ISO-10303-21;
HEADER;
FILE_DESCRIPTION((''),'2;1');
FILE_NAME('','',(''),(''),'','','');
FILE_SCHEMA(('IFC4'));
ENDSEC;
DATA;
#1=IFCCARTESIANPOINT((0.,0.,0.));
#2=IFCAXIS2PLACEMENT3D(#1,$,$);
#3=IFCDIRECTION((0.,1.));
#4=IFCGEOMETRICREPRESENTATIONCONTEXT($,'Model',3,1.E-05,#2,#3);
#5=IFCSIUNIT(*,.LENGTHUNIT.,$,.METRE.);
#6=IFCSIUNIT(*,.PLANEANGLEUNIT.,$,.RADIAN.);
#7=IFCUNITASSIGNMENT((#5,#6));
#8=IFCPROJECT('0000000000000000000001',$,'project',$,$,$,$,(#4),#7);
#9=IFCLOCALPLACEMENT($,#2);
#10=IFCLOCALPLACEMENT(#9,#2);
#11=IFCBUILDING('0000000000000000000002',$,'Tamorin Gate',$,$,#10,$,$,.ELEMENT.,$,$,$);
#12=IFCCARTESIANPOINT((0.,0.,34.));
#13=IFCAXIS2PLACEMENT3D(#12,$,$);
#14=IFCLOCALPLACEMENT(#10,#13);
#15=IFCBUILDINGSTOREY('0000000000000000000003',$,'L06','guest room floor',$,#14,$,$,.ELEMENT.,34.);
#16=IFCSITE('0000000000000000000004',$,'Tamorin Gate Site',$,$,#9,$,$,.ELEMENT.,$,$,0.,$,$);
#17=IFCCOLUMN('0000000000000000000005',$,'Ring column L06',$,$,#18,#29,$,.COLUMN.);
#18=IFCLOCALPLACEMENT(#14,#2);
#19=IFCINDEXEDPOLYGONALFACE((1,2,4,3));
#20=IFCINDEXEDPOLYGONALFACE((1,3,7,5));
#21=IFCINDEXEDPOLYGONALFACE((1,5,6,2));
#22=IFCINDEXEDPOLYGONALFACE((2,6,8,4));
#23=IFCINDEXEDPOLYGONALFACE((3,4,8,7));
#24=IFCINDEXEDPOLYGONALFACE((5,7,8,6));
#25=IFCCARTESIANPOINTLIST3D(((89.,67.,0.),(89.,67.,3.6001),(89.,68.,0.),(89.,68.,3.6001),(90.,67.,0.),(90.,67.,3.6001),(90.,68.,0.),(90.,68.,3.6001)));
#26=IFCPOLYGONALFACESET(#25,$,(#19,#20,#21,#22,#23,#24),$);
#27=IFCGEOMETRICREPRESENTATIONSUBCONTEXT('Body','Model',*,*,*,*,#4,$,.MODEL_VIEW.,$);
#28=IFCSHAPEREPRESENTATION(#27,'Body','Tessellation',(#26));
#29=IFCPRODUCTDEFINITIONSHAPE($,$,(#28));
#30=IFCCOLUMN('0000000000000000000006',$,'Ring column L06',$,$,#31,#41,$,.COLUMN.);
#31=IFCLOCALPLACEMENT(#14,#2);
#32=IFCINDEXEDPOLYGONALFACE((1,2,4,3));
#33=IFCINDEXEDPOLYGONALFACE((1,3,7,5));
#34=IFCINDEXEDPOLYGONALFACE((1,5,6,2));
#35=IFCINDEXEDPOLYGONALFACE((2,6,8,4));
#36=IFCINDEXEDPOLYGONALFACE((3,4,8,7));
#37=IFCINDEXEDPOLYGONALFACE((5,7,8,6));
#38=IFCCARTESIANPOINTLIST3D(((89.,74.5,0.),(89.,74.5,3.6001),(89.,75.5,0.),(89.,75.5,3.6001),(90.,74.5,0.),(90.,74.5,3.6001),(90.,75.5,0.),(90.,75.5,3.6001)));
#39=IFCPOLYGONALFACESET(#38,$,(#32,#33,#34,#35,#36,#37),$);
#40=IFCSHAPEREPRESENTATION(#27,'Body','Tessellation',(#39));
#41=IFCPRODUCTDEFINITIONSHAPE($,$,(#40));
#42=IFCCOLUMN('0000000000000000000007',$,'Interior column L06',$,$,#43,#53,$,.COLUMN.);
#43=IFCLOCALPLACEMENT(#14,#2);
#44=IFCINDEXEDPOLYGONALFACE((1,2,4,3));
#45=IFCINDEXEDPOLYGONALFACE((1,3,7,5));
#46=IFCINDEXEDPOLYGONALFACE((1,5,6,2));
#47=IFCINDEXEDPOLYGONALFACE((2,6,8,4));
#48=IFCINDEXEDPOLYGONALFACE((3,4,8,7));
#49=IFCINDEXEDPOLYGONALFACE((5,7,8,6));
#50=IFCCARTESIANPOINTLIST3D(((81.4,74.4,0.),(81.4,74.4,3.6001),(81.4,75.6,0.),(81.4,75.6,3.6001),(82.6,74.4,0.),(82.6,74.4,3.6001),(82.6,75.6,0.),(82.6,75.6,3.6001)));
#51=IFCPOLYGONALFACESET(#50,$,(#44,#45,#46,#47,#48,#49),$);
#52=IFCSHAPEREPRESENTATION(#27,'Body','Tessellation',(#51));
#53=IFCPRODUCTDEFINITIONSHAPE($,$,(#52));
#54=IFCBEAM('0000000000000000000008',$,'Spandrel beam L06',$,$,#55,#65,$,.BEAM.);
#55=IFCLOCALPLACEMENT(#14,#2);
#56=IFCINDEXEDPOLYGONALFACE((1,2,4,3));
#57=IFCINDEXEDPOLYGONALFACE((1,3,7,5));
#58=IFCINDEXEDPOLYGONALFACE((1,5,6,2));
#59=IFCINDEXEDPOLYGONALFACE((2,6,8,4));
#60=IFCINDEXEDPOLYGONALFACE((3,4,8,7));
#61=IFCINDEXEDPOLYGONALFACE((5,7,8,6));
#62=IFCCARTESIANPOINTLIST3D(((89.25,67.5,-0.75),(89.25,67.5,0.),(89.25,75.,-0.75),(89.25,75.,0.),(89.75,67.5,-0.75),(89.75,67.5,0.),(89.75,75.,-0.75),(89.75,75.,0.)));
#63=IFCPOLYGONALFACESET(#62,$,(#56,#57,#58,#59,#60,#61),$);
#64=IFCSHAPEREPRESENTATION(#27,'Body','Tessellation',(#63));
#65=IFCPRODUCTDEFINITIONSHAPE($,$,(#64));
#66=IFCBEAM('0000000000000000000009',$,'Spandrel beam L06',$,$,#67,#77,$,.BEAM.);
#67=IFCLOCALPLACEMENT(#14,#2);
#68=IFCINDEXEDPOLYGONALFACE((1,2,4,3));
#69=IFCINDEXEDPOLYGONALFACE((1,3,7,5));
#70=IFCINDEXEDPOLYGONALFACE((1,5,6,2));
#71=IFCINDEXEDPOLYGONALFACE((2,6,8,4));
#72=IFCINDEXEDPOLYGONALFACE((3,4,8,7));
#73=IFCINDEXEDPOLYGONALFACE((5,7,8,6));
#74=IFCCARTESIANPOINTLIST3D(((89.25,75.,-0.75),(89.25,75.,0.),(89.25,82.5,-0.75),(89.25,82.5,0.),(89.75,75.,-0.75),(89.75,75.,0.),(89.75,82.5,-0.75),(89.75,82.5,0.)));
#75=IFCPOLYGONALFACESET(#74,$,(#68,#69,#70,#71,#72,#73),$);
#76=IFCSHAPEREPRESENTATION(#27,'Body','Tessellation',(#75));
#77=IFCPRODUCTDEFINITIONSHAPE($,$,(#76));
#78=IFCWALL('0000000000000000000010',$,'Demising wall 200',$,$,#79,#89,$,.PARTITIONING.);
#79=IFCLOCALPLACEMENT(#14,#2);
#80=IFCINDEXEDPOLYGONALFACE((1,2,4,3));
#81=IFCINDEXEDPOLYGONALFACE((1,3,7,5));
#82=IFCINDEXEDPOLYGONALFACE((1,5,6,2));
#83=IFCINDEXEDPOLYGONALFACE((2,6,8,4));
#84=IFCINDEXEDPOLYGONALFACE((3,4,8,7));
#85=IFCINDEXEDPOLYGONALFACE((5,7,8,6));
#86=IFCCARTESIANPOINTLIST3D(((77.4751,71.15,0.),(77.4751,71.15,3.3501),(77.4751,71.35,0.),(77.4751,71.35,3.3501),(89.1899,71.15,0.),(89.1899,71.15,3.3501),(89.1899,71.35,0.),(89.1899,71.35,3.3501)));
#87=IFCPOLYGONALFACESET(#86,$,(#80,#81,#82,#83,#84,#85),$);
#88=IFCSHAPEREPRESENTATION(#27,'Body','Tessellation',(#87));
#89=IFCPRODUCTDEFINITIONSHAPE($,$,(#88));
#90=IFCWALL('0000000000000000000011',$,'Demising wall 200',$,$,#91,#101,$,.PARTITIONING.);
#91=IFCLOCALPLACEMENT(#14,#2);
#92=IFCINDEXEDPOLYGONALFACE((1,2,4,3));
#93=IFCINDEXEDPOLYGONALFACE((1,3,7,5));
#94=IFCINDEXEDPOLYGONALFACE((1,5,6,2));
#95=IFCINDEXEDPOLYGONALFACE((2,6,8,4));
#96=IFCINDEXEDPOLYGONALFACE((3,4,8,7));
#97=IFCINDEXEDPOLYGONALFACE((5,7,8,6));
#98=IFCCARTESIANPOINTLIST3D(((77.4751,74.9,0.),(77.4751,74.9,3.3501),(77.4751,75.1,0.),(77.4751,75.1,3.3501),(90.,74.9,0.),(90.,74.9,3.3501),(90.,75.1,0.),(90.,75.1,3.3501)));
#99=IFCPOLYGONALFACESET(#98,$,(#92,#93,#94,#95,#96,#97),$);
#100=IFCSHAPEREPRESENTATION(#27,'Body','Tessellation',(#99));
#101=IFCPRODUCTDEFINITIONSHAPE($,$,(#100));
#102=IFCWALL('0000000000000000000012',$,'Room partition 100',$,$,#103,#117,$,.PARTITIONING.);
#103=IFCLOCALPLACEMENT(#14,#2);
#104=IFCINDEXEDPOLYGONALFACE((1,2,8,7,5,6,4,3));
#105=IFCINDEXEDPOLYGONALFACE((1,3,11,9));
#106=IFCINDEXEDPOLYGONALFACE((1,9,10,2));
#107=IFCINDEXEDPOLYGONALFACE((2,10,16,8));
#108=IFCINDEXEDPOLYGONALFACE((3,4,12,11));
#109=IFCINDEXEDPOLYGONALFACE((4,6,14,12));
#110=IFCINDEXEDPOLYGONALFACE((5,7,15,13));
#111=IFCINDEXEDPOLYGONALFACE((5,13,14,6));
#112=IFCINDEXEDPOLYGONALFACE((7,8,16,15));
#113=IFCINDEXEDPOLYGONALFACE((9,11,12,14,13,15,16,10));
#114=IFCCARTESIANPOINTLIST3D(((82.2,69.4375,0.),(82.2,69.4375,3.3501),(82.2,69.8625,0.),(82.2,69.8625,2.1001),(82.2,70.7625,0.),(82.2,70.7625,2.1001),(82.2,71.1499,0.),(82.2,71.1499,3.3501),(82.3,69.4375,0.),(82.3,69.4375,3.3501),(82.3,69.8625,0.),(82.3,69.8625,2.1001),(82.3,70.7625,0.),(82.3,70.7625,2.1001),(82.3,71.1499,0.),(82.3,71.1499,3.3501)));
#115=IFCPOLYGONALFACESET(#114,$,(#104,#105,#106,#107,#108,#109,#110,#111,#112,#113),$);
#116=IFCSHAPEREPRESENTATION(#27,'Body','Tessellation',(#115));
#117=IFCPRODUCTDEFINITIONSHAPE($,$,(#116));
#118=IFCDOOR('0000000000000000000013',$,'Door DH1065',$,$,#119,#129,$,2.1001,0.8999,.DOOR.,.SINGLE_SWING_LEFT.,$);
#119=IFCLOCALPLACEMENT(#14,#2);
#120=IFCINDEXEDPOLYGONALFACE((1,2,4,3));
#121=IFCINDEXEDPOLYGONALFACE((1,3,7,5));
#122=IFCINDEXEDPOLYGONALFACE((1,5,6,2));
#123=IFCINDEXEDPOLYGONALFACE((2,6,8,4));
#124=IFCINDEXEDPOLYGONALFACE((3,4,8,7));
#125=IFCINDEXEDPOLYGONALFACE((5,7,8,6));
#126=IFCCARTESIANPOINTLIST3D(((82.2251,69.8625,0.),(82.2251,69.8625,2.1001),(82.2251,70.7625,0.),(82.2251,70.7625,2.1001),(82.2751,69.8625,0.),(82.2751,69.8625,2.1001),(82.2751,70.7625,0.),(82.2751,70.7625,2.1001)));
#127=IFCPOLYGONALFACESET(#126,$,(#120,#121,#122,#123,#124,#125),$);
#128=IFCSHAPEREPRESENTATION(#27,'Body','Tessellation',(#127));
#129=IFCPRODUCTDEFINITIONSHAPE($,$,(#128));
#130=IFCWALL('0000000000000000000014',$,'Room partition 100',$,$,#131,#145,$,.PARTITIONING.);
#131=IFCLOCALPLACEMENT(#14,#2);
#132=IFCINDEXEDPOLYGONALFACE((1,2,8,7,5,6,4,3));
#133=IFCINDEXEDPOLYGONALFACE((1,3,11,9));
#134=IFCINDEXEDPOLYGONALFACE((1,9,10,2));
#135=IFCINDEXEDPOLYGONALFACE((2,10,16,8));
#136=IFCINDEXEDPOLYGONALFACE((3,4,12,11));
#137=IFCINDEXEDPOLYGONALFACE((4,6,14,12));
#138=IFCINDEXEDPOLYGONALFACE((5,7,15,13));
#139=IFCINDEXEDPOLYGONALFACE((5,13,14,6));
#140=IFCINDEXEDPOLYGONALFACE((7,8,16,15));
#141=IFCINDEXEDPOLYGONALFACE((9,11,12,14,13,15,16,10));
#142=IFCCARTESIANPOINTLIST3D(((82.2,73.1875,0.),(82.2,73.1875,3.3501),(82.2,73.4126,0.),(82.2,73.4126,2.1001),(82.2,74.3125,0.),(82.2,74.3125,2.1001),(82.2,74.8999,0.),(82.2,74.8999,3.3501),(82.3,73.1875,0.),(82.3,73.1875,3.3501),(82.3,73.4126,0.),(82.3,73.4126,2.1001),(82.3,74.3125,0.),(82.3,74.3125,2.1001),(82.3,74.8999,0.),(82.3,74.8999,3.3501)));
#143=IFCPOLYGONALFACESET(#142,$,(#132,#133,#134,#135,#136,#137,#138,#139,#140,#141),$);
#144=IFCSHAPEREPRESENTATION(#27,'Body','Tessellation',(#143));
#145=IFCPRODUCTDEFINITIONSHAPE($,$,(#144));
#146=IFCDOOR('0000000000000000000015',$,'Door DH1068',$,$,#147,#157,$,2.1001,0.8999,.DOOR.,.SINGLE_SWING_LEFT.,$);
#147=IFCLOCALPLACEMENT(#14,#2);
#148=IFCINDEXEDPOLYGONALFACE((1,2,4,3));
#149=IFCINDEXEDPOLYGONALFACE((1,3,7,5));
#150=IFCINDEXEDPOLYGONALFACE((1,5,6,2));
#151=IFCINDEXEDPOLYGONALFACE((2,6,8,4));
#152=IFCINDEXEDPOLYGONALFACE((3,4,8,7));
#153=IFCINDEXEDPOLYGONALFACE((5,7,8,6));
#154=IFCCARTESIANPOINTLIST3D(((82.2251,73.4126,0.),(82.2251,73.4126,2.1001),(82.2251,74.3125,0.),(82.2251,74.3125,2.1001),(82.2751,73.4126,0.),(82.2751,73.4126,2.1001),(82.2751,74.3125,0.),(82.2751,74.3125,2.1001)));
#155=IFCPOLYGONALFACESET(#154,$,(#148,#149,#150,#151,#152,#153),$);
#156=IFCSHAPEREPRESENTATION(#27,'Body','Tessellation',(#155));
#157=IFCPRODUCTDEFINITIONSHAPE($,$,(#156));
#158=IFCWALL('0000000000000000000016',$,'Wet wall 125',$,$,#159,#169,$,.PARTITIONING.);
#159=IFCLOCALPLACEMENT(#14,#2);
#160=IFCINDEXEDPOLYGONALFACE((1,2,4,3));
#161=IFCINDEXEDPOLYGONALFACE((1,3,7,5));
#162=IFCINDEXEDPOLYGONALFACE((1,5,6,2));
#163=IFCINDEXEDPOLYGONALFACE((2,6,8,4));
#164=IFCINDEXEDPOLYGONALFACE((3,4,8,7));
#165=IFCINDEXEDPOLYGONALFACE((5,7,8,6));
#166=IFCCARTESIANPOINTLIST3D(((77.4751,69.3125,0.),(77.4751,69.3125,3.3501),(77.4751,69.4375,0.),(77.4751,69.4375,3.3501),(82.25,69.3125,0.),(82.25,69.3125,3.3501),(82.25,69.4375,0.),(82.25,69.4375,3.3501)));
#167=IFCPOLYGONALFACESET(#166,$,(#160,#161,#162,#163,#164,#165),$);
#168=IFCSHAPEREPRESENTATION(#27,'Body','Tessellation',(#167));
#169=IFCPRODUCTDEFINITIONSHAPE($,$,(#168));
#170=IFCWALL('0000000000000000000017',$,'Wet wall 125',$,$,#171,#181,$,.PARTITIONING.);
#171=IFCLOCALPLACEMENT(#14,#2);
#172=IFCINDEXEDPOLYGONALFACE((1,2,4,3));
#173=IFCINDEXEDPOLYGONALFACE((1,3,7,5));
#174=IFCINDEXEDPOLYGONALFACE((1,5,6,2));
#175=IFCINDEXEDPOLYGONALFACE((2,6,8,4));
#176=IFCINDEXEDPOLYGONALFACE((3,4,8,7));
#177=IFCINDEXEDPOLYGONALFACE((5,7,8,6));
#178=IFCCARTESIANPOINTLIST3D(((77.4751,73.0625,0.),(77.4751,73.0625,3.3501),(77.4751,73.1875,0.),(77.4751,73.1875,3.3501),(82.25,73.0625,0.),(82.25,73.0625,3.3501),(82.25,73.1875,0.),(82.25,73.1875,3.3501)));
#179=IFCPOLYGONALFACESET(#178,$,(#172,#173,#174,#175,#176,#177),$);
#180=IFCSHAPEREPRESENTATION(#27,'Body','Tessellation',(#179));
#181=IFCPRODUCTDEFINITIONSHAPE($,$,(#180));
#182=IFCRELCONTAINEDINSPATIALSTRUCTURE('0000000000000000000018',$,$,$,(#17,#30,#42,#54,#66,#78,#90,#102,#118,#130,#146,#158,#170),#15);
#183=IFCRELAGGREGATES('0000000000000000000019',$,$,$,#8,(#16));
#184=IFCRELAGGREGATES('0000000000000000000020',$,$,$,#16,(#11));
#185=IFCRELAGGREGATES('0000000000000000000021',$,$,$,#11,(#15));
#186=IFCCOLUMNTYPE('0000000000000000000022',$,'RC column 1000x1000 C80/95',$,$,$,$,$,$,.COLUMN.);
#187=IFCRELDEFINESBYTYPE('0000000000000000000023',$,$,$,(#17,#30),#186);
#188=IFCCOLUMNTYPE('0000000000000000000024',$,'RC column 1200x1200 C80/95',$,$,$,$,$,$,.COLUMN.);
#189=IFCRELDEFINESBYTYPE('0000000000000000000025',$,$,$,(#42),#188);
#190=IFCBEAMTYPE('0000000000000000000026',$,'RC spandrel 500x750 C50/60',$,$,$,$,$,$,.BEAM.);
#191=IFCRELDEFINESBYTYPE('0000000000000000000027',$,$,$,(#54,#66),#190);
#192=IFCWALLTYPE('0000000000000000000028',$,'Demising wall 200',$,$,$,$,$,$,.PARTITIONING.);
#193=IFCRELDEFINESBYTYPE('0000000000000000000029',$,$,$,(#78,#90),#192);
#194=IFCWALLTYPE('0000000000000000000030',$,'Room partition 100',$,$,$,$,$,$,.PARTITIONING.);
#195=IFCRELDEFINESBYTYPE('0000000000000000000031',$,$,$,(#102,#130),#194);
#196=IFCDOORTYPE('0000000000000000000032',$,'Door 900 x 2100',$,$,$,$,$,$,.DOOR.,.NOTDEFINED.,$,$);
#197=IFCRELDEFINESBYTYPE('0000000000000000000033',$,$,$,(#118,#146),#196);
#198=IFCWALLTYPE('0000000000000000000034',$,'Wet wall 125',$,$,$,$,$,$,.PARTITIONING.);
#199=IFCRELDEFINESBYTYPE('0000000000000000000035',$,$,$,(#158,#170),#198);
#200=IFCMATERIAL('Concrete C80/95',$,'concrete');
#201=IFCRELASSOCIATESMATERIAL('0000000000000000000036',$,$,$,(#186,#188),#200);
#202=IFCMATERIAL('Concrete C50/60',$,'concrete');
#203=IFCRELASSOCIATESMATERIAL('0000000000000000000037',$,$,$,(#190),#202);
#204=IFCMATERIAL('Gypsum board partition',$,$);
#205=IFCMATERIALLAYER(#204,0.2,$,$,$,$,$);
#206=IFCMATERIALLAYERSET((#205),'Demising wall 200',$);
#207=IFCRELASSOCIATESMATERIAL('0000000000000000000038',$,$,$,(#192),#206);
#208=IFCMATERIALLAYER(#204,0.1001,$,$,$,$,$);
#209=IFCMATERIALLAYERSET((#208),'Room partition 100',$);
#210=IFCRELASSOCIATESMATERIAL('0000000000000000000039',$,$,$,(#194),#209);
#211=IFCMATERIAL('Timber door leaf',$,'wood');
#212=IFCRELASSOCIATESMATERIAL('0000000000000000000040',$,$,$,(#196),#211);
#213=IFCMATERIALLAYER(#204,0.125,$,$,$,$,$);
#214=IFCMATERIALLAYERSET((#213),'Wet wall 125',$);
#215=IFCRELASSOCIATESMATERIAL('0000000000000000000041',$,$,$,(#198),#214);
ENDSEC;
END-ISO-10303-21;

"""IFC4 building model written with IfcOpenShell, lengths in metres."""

from ifc_helpers import new_model, si_unit, direction, frame, frame_2d, origin, origin_2d, place, context, subcontext, project, spatial, rectangle, extrude, material, layer, layer_set, material_profile, profile_set, type_object, element, fill, save


model = new_model("IFC4")

# Units and contexts
model_context = context("Model", 3, precision=1e-05, world=origin(), true_north=direction((0.0, 1.0)))
body_context = subcontext(model_context, "Body", "Model", "MODEL_VIEW")
ifc_project = project(units=[si_unit("LENGTHUNIT", "METRE"), si_unit("PLANEANGLEUNIT", "RADIAN")], contexts=[model_context])

# Site, building, storey
site_placement = place(None, origin())
site = spatial("IfcSite", under=ifc_project, at=site_placement, Name="Tamorin Gate Site", CompositionType="ELEMENT", RefElevation=0.0)
building_placement = place(site_placement, origin())
building = spatial("IfcBuilding", under=site, at=building_placement, Name="Tamorin Gate", CompositionType="ELEMENT")
storey_placement = place(building_placement, frame((0.0, 0.0, 34.0)))
storey = spatial("IfcBuildingStorey", under=building, at=storey_placement, Name="L06", Description="guest room floor", CompositionType="ELEMENT", Elevation=34.0)

# Columns
ifc_material_1 = material(Name="Concrete C80/95", Category="concrete")
ifc_material_profile_1 = material_profile(ifc_material_1, rectangle(XDim=1.0, YDim=1.0, at=origin_2d()), Name="RC 1000x1000")
ifc_profile_set_1 = profile_set([ifc_material_profile_1], Name="Concrete C80/95")
column_type_1 = type_object("IfcColumnType", Name="RC column 1000x1000 C80/95", PredefinedType="COLUMN", material=ifc_profile_set_1)
for number, where, z_axis, x_axis, name in (
    (1, (89.5, 67.5, 0.0), (0.0, 0.0, 1.0), (1.0, 0.0, 0.0), "Ring column L06"),
    (2, (89.5, 75.0, 0.0), (0.0, 0.0, 1.0), (1.0, 0.0, 0.0), "Ring column L06"),
):
    element("IfcColumn", number, at=place(storey_placement, frame(where, z_axis=z_axis, x_axis=x_axis)), inside=storey, type_object=column_type_1, Name=name, PredefinedType="COLUMN", context=body_context, shape_type="SweptSolid", body=[
        extrude(rectangle(XDim=1.0, YDim=1.0, at=origin_2d()), origin(), (0.0, 0.0, 1.0), 3.6001),
    ])
ifc_material_profile_2 = material_profile(ifc_material_1, rectangle(XDim=1.2, YDim=1.2, at=origin_2d()), Name="RC 1200x1200")
ifc_profile_set_2 = profile_set([ifc_material_profile_2], Name="Concrete C80/95")
column_type_2 = type_object("IfcColumnType", Name="RC column 1200x1200 C80/95", PredefinedType="COLUMN", material=ifc_profile_set_2)
column_placement = place(storey_placement, frame((82.0, 75.0, 0.0), z_axis=(0.0, 0.0, 1.0), x_axis=(1.0, 0.0, 0.0)))
element("IfcColumn", 3, at=column_placement, inside=storey, type_object=column_type_2, Name="Interior column L06", PredefinedType="COLUMN", context=body_context, shape_type="SweptSolid", body=[
    extrude(rectangle(XDim=1.2, YDim=1.2, at=origin_2d()), origin(), (0.0, 0.0, 1.0), 3.6001),
])

# Beams
ifc_material_2 = material(Name="Concrete C50/60", Category="concrete")
ifc_material_profile_3 = material_profile(ifc_material_2, rectangle(XDim=0.5, YDim=0.75, at=origin_2d()), Name="RC 500x750")
ifc_profile_set_3 = profile_set([ifc_material_profile_3], Name="Concrete C50/60")
beam_type = type_object("IfcBeamType", Name="RC spandrel 500x750 C50/60", PredefinedType="BEAM", material=ifc_profile_set_3)
for number, where, z_axis, x_axis, name in (
    (4, (89.5, 67.5, -0.375), (0.0, 1.0, 0.0), (-1.0, 0.0, 0.0), "Spandrel beam L06"),
    (5, (89.5, 75.0, -0.375), (0.0, 1.0, 0.0), (-1.0, 0.0, 0.0), "Spandrel beam L06"),
):
    element("IfcBeam", number, at=place(storey_placement, frame(where, z_axis=z_axis, x_axis=x_axis)), inside=storey, type_object=beam_type, Name=name, PredefinedType="BEAM", context=body_context, shape_type="SweptSolid", body=[
        extrude(rectangle(XDim=0.5, YDim=0.75, at=origin_2d()), origin(), (0.0, 0.0, 1.0), 7.5),
    ])

# Walls
ifc_material_3 = material(Name="Gypsum board partition")
ifc_layer_1 = layer(ifc_material_3, 0.2)
ifc_layer_set_1 = layer_set([ifc_layer_1], Name="Demising wall 200")
wall_type_1 = type_object("IfcWallType", Name="Demising wall 200", PredefinedType="PARTITIONING", material=ifc_layer_set_1)
wall_1_placement = place(storey_placement, frame((77.4751, 71.25, 0.0), z_axis=(0.0, 0.0, 1.0), x_axis=(1.0, 0.0, 0.0)))
element("IfcWall", 6, at=wall_1_placement, inside=storey, type_object=wall_type_1, Name="Demising wall 200", PredefinedType="PARTITIONING", context=body_context, shape_type="SweptSolid", body=[
    extrude(rectangle(XDim=11.7148, YDim=0.2, at=frame_2d((5.8574, 0.0))), origin(), (0.0, 0.0, 1.0), 3.3501),
])
wall_2_placement = place(storey_placement, frame((77.4751, 75.0, 0.0), z_axis=(0.0, 0.0, 1.0), x_axis=(1.0, 0.0, 0.0)))
element("IfcWall", 7, at=wall_2_placement, inside=storey, type_object=wall_type_1, Name="Demising wall 200", PredefinedType="PARTITIONING", context=body_context, shape_type="SweptSolid", body=[
    extrude(rectangle(XDim=12.5249, YDim=0.2, at=frame_2d((6.2625, 0.0))), origin(), (0.0, 0.0, 1.0), 3.3501),
])

# Walls, openings, doors
ifc_layer_2 = layer(ifc_material_3, 0.1001)
ifc_layer_set_2 = layer_set([ifc_layer_2], Name="Room partition 100")
wall_type_2 = type_object("IfcWallType", Name="Room partition 100", PredefinedType="PARTITIONING", material=ifc_layer_set_2)
wall_3_placement = place(storey_placement, frame((82.25, 69.4375, 0.0), z_axis=(0.0, 0.0, 1.0), x_axis=(0.0, 1.0, 0.0)))
wall_3 = element("IfcWall", 8, at=wall_3_placement, inside=storey, type_object=wall_type_2, Name="Room partition 100", PredefinedType="PARTITIONING", context=body_context, shape_type="SweptSolid", body=[
    extrude(rectangle(XDim=1.7124, YDim=0.1001, at=frame_2d((0.8562, 0.0))), origin(), (0.0, 0.0, 1.0), 3.3501),
])
opening_1_placement = place(wall_3_placement, frame((0.425, 0.0, 0.0)))
opening_1 = element("IfcOpeningElement", 9, at=opening_1_placement, cuts=wall_3, PredefinedType="OPENING", context=body_context, shape_type="SweptSolid", body=[
    extrude(rectangle(XDim=0.8999, YDim=2.1001, at=frame_2d((0.45, 1.05))), frame((0.0, 0.0601, 0.0), z_axis=(0.0, -1.0, 0.0), x_axis=(1.0, 0.0, 0.0)), (0.0, 0.0, 1.0), 0.1201),
])
ifc_material_4 = material(Name="Timber door leaf", Category="wood")
door_type_1 = type_object("IfcDoorType", Name="Door 900 x 2100", OperationType="NOTDEFINED", PredefinedType="DOOR", material=ifc_material_4)
door_1_placement = place(opening_1_placement, origin())
door_1 = element("IfcDoor", 10, at=door_1_placement, inside=storey, type_object=door_type_1, Name="Door DH1065", OperationType="SINGLE_SWING_LEFT", OverallHeight=2.1001, OverallWidth=0.8999, PredefinedType="DOOR", context=body_context, shape_type="SweptSolid", body=[
    extrude(rectangle(XDim=0.8999, YDim=2.1001, at=frame_2d((0.45, 1.05))), frame((0.0, 0.0249, 0.0), z_axis=(0.0, -1.0, 0.0), x_axis=(1.0, 0.0, 0.0)), (0.0, 0.0, 1.0), 0.05),
])
fill(opening_1, door_1)
wall_4_placement = place(storey_placement, frame((82.25, 73.1875, 0.0), z_axis=(0.0, 0.0, 1.0), x_axis=(0.0, 1.0, 0.0)))
wall_4 = element("IfcWall", 11, at=wall_4_placement, inside=storey, type_object=wall_type_2, Name="Room partition 100", PredefinedType="PARTITIONING", context=body_context, shape_type="SweptSolid", body=[
    extrude(rectangle(XDim=1.7124, YDim=0.1001, at=frame_2d((0.8562, 0.0))), origin(), (0.0, 0.0, 1.0), 3.3501),
])
opening_2_placement = place(wall_4_placement, frame((0.2251, 0.0, 0.0)))
opening_2 = element("IfcOpeningElement", 12, at=opening_2_placement, cuts=wall_4, PredefinedType="OPENING", context=body_context, shape_type="SweptSolid", body=[
    extrude(rectangle(XDim=0.8999, YDim=2.1001, at=frame_2d((0.45, 1.05))), frame((0.0, 0.0601, 0.0), z_axis=(0.0, -1.0, 0.0), x_axis=(1.0, 0.0, 0.0)), (0.0, 0.0, 1.0), 0.1201),
])
door_2_placement = place(opening_2_placement, origin())
door_2 = element("IfcDoor", 13, at=door_2_placement, inside=storey, type_object=door_type_1, Name="Door DH1068", OperationType="SINGLE_SWING_LEFT", OverallHeight=2.1001, OverallWidth=0.8999, PredefinedType="DOOR", context=body_context, shape_type="SweptSolid", body=[
    extrude(rectangle(XDim=0.8999, YDim=2.1001, at=frame_2d((0.45, 1.05))), frame((0.0, 0.0249, 0.0), z_axis=(0.0, -1.0, 0.0), x_axis=(1.0, 0.0, 0.0)), (0.0, 0.0, 1.0), 0.05),
])
fill(opening_2, door_2)

# Walls
ifc_layer_3 = layer(ifc_material_3, 0.125)
ifc_layer_set_3 = layer_set([ifc_layer_3], Name="Wet wall 125")
wall_type_3 = type_object("IfcWallType", Name="Wet wall 125", PredefinedType="PARTITIONING", material=ifc_layer_set_3)
for number, where, z_axis, x_axis, name in (
    (14, (77.4751, 69.375, 0.0), (0.0, 0.0, 1.0), (1.0, 0.0, 0.0), "Wet wall 125"),
    (15, (77.4751, 73.125, 0.0), (0.0, 0.0, 1.0), (1.0, 0.0, 0.0), "Wet wall 125"),
):
    element("IfcWall", number, at=place(storey_placement, frame(where, z_axis=z_axis, x_axis=x_axis)), inside=storey, type_object=wall_type_3, Name=name, PredefinedType="PARTITIONING", context=body_context, shape_type="SweptSolid", body=[
        extrude(rectangle(XDim=4.7749, YDim=0.125, at=frame_2d((2.3875, 0.0))), origin(), (0.0, 0.0, 1.0), 3.3501),
    ])

save(model, "model.ifc")
